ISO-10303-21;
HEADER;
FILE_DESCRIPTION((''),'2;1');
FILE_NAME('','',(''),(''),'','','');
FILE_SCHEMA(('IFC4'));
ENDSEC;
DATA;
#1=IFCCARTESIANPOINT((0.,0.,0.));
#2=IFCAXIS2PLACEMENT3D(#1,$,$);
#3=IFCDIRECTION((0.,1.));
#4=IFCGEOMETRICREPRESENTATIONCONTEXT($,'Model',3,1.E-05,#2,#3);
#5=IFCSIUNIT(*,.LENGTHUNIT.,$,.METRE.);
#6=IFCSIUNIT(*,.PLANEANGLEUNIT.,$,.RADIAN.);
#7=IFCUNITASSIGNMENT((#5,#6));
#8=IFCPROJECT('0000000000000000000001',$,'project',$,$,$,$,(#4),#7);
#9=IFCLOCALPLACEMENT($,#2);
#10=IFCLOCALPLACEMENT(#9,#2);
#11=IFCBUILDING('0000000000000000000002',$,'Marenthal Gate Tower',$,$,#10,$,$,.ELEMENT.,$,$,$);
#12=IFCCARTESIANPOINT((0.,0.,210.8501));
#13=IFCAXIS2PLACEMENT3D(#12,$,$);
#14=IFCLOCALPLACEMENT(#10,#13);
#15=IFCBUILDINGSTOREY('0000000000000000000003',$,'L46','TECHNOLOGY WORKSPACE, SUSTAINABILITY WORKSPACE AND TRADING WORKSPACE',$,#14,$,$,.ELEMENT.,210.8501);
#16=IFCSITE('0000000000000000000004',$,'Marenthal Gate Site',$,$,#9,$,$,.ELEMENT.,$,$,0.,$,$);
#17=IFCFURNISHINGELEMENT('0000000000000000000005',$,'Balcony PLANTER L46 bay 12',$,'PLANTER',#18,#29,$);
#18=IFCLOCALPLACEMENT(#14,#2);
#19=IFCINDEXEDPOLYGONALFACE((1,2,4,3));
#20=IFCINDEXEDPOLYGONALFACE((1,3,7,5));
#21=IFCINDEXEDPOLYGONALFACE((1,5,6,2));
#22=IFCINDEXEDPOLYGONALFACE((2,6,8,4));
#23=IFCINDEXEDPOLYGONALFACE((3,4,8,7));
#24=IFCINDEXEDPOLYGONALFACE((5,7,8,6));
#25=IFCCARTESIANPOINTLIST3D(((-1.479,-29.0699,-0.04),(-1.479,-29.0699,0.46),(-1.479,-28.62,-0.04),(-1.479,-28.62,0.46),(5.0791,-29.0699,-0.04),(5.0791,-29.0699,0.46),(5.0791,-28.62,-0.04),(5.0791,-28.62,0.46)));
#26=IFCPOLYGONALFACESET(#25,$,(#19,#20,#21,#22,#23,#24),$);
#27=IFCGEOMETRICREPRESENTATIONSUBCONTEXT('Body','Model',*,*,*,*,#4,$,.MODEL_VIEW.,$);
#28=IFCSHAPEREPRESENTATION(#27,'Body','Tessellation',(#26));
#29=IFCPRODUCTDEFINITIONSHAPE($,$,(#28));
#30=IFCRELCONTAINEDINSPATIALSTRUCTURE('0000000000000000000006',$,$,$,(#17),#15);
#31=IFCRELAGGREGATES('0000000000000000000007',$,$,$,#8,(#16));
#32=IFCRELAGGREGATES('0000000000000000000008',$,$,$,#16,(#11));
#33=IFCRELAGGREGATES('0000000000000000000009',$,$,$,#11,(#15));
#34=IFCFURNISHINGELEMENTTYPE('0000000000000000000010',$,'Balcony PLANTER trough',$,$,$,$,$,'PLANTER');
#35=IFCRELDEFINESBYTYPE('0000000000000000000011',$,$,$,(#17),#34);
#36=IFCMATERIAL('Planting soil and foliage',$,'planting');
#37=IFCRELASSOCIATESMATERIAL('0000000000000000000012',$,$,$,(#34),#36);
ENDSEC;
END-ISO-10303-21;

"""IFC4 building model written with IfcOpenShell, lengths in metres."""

from ifc_helpers import new_model, si_unit, direction, frame, origin, origin_2d, place, context, subcontext, project, spatial, rectangle, extrude, material, type_object, element, save


model = new_model("IFC4")

# Units and contexts
model_context = context("Model", 3, precision=1e-05, world=origin(), true_north=direction((0.0, 1.0)))
body_context = subcontext(model_context, "Body", "Model", "MODEL_VIEW")
ifc_project = project(units=[si_unit("LENGTHUNIT", "METRE"), si_unit("PLANEANGLEUNIT", "RADIAN")], contexts=[model_context])

# Site, building, storey
site_placement = place(None, origin())
site = spatial("IfcSite", under=ifc_project, at=site_placement, Name="Marenthal Gate Site", CompositionType="ELEMENT", RefElevation=0.0)
building_placement = place(site_placement, origin())
building = spatial("IfcBuilding", under=site, at=building_placement, Name="Marenthal Gate Tower", CompositionType="ELEMENT")
storey_placement = place(building_placement, frame((0.0, 0.0, 210.8501)))
storey = spatial("IfcBuildingStorey", under=building, at=storey_placement, Name="L46", Description="TECHNOLOGY WORKSPACE, SUSTAINABILITY WORKSPACE AND TRADING WORKSPACE", CompositionType="ELEMENT", Elevation=210.8501)

# Furnishing element
ifc_material_1 = material(Name="Planting soil and foliage", Category="planting")
furnishing_element_type = type_object("IfcFurnishingElementType", Name="Balcony PLANTER trough", ElementType="PLANTER", material=ifc_material_1)
furnishing_placement = place(storey_placement, frame((1.8, -28.845, -0.04), z_axis=(0.0, 0.0, 1.0), x_axis=(1.0, 0.0, 0.0)))
element("IfcFurnishingElement", 1, at=furnishing_placement, inside=storey, type_object=furnishing_element_type, Name="Balcony PLANTER L46 bay 12", ObjectType="PLANTER", context=body_context, shape_type="SweptSolid", body=[
    extrude(rectangle(XDim=6.5581, YDim=0.45, at=origin_2d()), origin(), (0.0, 0.0, 1.0), 0.5),
])

save(model, "model.ifc")
